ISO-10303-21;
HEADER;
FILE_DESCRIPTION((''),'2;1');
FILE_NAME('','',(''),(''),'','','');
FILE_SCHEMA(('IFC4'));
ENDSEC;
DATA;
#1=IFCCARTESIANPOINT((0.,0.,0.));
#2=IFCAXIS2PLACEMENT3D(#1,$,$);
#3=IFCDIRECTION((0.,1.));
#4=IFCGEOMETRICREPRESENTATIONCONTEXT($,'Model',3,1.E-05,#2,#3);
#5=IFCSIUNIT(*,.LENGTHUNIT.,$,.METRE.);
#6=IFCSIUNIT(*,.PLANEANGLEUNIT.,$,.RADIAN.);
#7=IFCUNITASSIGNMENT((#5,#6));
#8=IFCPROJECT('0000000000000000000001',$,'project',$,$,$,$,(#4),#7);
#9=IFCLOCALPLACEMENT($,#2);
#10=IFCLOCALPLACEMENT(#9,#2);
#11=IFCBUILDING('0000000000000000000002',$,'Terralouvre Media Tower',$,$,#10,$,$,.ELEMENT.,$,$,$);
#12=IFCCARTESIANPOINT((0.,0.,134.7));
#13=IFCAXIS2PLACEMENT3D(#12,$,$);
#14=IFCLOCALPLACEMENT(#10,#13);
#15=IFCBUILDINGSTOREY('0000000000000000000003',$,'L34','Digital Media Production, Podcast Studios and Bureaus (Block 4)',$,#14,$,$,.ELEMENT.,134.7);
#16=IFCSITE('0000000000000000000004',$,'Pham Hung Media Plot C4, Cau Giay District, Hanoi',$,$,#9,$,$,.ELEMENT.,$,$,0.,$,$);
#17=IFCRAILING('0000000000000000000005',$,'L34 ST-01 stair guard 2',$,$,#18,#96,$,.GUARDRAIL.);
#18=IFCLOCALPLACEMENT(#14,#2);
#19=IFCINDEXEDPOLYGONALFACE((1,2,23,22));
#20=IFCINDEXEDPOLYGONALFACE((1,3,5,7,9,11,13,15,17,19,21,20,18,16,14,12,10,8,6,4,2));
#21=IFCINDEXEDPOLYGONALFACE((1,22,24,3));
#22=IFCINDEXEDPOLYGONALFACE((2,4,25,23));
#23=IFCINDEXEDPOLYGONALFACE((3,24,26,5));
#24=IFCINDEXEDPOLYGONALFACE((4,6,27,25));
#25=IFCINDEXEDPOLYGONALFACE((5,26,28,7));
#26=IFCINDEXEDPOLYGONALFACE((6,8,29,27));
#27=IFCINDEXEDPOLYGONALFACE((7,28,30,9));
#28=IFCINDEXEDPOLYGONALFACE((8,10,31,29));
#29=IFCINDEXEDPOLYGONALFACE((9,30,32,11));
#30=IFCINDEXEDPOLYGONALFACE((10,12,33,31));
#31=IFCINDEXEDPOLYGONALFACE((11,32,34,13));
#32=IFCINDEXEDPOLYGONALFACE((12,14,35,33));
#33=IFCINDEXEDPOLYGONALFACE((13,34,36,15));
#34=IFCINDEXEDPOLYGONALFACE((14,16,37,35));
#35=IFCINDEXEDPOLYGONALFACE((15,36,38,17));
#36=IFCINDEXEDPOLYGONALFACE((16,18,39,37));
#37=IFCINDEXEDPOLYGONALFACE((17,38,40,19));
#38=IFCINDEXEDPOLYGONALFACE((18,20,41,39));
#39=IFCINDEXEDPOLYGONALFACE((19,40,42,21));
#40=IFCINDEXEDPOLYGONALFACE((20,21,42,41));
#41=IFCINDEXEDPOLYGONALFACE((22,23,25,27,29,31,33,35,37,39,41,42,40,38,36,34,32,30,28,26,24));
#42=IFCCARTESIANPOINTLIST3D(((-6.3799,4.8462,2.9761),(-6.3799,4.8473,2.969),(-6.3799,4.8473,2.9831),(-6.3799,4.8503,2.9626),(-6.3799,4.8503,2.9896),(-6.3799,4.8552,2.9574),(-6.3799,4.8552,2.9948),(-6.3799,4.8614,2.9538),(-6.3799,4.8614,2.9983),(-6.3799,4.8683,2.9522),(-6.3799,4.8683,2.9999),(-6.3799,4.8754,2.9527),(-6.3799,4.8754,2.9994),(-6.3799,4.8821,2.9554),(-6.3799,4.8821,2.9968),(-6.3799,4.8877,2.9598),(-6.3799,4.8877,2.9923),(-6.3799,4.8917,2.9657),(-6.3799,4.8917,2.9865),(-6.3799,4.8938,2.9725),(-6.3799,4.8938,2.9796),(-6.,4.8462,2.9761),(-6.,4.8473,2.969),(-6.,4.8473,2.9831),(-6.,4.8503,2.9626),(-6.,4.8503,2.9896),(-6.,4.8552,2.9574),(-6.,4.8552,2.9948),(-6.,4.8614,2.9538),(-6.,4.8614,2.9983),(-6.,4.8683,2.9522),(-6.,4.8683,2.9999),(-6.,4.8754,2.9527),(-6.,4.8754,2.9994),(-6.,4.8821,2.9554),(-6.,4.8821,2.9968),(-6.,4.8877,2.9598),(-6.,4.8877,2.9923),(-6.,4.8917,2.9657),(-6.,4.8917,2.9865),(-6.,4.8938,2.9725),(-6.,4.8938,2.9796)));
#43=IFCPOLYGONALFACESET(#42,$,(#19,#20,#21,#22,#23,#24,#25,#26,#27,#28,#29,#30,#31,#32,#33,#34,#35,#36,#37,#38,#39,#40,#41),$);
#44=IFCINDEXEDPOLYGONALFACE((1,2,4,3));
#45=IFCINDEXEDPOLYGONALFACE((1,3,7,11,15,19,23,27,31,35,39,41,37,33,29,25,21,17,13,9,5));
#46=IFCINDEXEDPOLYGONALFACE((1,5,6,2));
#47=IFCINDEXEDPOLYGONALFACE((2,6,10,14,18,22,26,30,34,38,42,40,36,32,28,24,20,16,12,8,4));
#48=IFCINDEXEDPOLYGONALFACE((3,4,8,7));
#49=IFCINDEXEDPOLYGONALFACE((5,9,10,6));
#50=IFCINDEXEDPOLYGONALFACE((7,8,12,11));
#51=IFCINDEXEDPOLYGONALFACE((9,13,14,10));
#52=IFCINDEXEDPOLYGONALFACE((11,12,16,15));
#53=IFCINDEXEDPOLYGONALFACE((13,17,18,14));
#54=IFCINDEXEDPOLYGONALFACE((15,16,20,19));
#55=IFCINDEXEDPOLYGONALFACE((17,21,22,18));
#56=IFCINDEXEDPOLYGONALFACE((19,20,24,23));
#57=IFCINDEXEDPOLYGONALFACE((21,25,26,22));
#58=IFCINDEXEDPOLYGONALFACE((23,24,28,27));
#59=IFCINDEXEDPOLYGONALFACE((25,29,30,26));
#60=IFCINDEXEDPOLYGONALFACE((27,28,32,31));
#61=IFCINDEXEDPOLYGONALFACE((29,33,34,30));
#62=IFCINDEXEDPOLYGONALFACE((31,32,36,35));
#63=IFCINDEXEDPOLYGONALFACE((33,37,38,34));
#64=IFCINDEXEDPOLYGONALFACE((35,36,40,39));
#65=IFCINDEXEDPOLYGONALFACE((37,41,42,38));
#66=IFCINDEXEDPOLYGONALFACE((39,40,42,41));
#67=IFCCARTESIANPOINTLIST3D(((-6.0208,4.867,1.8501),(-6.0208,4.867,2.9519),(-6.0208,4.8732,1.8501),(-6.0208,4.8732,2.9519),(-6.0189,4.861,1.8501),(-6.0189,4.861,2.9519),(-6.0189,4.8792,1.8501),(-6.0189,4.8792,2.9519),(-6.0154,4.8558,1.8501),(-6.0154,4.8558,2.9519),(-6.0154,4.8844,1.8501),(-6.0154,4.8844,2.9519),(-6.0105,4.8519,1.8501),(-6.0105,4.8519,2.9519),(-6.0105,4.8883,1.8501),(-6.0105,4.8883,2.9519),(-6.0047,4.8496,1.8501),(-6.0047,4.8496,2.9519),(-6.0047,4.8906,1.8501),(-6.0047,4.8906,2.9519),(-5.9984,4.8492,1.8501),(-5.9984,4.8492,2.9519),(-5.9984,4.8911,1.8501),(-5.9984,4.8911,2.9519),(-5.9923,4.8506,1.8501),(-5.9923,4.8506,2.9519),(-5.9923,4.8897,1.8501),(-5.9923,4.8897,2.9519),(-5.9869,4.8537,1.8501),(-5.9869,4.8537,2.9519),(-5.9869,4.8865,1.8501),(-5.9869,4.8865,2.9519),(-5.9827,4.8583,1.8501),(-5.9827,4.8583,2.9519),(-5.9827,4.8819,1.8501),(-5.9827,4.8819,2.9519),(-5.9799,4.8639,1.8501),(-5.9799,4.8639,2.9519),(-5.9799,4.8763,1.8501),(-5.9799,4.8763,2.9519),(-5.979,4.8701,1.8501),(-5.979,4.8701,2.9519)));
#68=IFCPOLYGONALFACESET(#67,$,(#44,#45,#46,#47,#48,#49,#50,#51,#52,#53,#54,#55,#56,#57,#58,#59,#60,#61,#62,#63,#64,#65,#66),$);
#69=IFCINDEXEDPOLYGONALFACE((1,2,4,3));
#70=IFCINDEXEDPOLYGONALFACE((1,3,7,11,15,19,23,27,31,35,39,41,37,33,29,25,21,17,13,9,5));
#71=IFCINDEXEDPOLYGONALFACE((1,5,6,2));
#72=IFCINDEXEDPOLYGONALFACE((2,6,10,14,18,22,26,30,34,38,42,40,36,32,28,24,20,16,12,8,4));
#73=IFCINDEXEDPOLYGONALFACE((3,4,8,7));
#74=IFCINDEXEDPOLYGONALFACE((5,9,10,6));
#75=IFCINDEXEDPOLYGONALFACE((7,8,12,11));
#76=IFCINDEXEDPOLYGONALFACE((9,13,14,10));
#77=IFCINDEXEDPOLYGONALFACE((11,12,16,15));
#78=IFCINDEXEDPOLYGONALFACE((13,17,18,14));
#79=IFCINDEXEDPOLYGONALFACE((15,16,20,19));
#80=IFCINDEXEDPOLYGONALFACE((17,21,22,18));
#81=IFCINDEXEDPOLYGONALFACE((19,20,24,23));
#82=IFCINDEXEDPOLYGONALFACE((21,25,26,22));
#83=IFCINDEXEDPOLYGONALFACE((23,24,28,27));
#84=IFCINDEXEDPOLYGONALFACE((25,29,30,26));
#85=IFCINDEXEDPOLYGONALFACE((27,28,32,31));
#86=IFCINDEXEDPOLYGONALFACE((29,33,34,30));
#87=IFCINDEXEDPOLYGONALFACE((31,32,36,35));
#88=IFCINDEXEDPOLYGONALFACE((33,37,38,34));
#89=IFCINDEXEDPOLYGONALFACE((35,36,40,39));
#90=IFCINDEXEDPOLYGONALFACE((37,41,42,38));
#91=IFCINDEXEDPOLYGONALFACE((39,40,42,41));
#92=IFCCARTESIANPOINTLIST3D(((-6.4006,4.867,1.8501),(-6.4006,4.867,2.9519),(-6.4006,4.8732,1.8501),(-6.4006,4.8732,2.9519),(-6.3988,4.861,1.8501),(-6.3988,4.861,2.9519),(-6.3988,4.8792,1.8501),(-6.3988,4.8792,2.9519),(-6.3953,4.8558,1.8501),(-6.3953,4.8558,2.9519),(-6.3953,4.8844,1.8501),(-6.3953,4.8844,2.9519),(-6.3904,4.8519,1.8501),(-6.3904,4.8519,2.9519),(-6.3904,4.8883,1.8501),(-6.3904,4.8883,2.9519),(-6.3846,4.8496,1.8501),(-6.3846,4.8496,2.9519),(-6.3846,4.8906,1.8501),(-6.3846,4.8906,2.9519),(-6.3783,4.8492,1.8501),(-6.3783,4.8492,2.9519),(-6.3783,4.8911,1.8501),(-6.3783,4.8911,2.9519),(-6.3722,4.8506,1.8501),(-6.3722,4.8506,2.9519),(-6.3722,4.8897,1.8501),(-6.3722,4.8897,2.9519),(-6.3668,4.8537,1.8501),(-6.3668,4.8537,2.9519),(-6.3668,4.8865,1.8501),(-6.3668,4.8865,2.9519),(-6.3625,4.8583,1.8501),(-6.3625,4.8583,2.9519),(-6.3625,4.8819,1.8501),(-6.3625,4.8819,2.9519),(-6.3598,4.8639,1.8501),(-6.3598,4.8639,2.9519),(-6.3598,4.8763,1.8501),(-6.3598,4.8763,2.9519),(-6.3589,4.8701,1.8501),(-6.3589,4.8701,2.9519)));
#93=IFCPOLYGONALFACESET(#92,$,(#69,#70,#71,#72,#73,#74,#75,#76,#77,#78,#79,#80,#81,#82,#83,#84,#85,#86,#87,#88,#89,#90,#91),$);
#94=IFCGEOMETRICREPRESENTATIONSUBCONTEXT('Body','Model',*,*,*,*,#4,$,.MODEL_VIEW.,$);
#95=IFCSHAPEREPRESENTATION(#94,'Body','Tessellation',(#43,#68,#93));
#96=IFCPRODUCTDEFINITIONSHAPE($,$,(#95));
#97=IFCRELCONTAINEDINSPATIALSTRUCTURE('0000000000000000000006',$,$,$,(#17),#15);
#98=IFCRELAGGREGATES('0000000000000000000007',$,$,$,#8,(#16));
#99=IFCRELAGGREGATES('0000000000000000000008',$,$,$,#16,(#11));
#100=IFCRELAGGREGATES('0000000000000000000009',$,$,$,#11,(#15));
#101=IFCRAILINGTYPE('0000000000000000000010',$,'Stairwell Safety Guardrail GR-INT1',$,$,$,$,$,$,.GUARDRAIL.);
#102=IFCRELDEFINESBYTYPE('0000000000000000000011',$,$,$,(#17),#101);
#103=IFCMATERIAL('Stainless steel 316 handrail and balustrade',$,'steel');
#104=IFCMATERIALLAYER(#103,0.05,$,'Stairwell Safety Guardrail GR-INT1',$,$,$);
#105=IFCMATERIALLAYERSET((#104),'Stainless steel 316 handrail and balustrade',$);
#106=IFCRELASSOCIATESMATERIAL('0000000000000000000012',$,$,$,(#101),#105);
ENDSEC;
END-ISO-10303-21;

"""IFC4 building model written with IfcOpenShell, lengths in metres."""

from ifc_helpers import new_model, si_unit, direction, frame, origin, origin_2d, place, context, subcontext, project, spatial, circle, extrude, material, layer, layer_set, type_object, element, save


model = new_model("IFC4")

# Units and contexts
model_context = context("Model", 3, precision=1e-05, world=origin(), true_north=direction((0.0, 1.0)))
body_context = subcontext(model_context, "Body", "Model", "MODEL_VIEW")
ifc_project = project(units=[si_unit("LENGTHUNIT", "METRE"), si_unit("PLANEANGLEUNIT", "RADIAN")], contexts=[model_context])

# Site, building, storey
site_placement = place(None, origin())
site = spatial("IfcSite", under=ifc_project, at=site_placement, Name="Pham Hung Media Plot C4, Cau Giay District, Hanoi", CompositionType="ELEMENT", RefElevation=0.0)
building_placement = place(site_placement, origin())
building = spatial("IfcBuilding", under=site, at=building_placement, Name="Terralouvre Media Tower", CompositionType="ELEMENT")
storey_placement = place(building_placement, frame((0.0, 0.0, 134.7)))
storey = spatial("IfcBuildingStorey", under=building, at=storey_placement, Name="L34", Description="Digital Media Production, Podcast Studios and Bureaus (Block 4)", CompositionType="ELEMENT", Elevation=134.7)

# Railing
ifc_material_1 = material(Name="Stainless steel 316 handrail and balustrade", Category="steel")
ifc_layer_1 = layer(ifc_material_1, 0.05, Name="Stairwell Safety Guardrail GR-INT1")
ifc_layer_set_1 = layer_set([ifc_layer_1], Name="Stainless steel 316 handrail and balustrade")
railing_type_1 = type_object("IfcRailingType", Name="Stairwell Safety Guardrail GR-INT1", PredefinedType="GUARDRAIL", material=ifc_layer_set_1)
railing_1_placement = place(storey_placement, frame((-6.0, 4.8701, 1.8501)))
element("IfcRailing", 1, at=railing_1_placement, inside=storey, type_object=railing_type_1, Name="L34 ST-01 stair guard 2", PredefinedType="GUARDRAIL", context=body_context, shape_type="SweptSolid", body=[
    extrude(circle(Radius=0.0239, at=origin_2d()), frame((0.0, 0.0, 1.126), z_axis=(-1.0, 0.0, 0.0), x_axis=(0.0, -1.0, 0.0)), (0.0, 0.0, 1.0), 0.3799),
    extrude(circle(Radius=0.021, at=origin_2d()), origin(), (0.0, 0.0, 1.0), 1.1018),
    extrude(circle(Radius=0.021, at=origin_2d()), frame((-0.3799, 0.0, 0.0)), (0.0, 0.0, 1.0), 1.1018),
])

save(model, "model.ifc")
